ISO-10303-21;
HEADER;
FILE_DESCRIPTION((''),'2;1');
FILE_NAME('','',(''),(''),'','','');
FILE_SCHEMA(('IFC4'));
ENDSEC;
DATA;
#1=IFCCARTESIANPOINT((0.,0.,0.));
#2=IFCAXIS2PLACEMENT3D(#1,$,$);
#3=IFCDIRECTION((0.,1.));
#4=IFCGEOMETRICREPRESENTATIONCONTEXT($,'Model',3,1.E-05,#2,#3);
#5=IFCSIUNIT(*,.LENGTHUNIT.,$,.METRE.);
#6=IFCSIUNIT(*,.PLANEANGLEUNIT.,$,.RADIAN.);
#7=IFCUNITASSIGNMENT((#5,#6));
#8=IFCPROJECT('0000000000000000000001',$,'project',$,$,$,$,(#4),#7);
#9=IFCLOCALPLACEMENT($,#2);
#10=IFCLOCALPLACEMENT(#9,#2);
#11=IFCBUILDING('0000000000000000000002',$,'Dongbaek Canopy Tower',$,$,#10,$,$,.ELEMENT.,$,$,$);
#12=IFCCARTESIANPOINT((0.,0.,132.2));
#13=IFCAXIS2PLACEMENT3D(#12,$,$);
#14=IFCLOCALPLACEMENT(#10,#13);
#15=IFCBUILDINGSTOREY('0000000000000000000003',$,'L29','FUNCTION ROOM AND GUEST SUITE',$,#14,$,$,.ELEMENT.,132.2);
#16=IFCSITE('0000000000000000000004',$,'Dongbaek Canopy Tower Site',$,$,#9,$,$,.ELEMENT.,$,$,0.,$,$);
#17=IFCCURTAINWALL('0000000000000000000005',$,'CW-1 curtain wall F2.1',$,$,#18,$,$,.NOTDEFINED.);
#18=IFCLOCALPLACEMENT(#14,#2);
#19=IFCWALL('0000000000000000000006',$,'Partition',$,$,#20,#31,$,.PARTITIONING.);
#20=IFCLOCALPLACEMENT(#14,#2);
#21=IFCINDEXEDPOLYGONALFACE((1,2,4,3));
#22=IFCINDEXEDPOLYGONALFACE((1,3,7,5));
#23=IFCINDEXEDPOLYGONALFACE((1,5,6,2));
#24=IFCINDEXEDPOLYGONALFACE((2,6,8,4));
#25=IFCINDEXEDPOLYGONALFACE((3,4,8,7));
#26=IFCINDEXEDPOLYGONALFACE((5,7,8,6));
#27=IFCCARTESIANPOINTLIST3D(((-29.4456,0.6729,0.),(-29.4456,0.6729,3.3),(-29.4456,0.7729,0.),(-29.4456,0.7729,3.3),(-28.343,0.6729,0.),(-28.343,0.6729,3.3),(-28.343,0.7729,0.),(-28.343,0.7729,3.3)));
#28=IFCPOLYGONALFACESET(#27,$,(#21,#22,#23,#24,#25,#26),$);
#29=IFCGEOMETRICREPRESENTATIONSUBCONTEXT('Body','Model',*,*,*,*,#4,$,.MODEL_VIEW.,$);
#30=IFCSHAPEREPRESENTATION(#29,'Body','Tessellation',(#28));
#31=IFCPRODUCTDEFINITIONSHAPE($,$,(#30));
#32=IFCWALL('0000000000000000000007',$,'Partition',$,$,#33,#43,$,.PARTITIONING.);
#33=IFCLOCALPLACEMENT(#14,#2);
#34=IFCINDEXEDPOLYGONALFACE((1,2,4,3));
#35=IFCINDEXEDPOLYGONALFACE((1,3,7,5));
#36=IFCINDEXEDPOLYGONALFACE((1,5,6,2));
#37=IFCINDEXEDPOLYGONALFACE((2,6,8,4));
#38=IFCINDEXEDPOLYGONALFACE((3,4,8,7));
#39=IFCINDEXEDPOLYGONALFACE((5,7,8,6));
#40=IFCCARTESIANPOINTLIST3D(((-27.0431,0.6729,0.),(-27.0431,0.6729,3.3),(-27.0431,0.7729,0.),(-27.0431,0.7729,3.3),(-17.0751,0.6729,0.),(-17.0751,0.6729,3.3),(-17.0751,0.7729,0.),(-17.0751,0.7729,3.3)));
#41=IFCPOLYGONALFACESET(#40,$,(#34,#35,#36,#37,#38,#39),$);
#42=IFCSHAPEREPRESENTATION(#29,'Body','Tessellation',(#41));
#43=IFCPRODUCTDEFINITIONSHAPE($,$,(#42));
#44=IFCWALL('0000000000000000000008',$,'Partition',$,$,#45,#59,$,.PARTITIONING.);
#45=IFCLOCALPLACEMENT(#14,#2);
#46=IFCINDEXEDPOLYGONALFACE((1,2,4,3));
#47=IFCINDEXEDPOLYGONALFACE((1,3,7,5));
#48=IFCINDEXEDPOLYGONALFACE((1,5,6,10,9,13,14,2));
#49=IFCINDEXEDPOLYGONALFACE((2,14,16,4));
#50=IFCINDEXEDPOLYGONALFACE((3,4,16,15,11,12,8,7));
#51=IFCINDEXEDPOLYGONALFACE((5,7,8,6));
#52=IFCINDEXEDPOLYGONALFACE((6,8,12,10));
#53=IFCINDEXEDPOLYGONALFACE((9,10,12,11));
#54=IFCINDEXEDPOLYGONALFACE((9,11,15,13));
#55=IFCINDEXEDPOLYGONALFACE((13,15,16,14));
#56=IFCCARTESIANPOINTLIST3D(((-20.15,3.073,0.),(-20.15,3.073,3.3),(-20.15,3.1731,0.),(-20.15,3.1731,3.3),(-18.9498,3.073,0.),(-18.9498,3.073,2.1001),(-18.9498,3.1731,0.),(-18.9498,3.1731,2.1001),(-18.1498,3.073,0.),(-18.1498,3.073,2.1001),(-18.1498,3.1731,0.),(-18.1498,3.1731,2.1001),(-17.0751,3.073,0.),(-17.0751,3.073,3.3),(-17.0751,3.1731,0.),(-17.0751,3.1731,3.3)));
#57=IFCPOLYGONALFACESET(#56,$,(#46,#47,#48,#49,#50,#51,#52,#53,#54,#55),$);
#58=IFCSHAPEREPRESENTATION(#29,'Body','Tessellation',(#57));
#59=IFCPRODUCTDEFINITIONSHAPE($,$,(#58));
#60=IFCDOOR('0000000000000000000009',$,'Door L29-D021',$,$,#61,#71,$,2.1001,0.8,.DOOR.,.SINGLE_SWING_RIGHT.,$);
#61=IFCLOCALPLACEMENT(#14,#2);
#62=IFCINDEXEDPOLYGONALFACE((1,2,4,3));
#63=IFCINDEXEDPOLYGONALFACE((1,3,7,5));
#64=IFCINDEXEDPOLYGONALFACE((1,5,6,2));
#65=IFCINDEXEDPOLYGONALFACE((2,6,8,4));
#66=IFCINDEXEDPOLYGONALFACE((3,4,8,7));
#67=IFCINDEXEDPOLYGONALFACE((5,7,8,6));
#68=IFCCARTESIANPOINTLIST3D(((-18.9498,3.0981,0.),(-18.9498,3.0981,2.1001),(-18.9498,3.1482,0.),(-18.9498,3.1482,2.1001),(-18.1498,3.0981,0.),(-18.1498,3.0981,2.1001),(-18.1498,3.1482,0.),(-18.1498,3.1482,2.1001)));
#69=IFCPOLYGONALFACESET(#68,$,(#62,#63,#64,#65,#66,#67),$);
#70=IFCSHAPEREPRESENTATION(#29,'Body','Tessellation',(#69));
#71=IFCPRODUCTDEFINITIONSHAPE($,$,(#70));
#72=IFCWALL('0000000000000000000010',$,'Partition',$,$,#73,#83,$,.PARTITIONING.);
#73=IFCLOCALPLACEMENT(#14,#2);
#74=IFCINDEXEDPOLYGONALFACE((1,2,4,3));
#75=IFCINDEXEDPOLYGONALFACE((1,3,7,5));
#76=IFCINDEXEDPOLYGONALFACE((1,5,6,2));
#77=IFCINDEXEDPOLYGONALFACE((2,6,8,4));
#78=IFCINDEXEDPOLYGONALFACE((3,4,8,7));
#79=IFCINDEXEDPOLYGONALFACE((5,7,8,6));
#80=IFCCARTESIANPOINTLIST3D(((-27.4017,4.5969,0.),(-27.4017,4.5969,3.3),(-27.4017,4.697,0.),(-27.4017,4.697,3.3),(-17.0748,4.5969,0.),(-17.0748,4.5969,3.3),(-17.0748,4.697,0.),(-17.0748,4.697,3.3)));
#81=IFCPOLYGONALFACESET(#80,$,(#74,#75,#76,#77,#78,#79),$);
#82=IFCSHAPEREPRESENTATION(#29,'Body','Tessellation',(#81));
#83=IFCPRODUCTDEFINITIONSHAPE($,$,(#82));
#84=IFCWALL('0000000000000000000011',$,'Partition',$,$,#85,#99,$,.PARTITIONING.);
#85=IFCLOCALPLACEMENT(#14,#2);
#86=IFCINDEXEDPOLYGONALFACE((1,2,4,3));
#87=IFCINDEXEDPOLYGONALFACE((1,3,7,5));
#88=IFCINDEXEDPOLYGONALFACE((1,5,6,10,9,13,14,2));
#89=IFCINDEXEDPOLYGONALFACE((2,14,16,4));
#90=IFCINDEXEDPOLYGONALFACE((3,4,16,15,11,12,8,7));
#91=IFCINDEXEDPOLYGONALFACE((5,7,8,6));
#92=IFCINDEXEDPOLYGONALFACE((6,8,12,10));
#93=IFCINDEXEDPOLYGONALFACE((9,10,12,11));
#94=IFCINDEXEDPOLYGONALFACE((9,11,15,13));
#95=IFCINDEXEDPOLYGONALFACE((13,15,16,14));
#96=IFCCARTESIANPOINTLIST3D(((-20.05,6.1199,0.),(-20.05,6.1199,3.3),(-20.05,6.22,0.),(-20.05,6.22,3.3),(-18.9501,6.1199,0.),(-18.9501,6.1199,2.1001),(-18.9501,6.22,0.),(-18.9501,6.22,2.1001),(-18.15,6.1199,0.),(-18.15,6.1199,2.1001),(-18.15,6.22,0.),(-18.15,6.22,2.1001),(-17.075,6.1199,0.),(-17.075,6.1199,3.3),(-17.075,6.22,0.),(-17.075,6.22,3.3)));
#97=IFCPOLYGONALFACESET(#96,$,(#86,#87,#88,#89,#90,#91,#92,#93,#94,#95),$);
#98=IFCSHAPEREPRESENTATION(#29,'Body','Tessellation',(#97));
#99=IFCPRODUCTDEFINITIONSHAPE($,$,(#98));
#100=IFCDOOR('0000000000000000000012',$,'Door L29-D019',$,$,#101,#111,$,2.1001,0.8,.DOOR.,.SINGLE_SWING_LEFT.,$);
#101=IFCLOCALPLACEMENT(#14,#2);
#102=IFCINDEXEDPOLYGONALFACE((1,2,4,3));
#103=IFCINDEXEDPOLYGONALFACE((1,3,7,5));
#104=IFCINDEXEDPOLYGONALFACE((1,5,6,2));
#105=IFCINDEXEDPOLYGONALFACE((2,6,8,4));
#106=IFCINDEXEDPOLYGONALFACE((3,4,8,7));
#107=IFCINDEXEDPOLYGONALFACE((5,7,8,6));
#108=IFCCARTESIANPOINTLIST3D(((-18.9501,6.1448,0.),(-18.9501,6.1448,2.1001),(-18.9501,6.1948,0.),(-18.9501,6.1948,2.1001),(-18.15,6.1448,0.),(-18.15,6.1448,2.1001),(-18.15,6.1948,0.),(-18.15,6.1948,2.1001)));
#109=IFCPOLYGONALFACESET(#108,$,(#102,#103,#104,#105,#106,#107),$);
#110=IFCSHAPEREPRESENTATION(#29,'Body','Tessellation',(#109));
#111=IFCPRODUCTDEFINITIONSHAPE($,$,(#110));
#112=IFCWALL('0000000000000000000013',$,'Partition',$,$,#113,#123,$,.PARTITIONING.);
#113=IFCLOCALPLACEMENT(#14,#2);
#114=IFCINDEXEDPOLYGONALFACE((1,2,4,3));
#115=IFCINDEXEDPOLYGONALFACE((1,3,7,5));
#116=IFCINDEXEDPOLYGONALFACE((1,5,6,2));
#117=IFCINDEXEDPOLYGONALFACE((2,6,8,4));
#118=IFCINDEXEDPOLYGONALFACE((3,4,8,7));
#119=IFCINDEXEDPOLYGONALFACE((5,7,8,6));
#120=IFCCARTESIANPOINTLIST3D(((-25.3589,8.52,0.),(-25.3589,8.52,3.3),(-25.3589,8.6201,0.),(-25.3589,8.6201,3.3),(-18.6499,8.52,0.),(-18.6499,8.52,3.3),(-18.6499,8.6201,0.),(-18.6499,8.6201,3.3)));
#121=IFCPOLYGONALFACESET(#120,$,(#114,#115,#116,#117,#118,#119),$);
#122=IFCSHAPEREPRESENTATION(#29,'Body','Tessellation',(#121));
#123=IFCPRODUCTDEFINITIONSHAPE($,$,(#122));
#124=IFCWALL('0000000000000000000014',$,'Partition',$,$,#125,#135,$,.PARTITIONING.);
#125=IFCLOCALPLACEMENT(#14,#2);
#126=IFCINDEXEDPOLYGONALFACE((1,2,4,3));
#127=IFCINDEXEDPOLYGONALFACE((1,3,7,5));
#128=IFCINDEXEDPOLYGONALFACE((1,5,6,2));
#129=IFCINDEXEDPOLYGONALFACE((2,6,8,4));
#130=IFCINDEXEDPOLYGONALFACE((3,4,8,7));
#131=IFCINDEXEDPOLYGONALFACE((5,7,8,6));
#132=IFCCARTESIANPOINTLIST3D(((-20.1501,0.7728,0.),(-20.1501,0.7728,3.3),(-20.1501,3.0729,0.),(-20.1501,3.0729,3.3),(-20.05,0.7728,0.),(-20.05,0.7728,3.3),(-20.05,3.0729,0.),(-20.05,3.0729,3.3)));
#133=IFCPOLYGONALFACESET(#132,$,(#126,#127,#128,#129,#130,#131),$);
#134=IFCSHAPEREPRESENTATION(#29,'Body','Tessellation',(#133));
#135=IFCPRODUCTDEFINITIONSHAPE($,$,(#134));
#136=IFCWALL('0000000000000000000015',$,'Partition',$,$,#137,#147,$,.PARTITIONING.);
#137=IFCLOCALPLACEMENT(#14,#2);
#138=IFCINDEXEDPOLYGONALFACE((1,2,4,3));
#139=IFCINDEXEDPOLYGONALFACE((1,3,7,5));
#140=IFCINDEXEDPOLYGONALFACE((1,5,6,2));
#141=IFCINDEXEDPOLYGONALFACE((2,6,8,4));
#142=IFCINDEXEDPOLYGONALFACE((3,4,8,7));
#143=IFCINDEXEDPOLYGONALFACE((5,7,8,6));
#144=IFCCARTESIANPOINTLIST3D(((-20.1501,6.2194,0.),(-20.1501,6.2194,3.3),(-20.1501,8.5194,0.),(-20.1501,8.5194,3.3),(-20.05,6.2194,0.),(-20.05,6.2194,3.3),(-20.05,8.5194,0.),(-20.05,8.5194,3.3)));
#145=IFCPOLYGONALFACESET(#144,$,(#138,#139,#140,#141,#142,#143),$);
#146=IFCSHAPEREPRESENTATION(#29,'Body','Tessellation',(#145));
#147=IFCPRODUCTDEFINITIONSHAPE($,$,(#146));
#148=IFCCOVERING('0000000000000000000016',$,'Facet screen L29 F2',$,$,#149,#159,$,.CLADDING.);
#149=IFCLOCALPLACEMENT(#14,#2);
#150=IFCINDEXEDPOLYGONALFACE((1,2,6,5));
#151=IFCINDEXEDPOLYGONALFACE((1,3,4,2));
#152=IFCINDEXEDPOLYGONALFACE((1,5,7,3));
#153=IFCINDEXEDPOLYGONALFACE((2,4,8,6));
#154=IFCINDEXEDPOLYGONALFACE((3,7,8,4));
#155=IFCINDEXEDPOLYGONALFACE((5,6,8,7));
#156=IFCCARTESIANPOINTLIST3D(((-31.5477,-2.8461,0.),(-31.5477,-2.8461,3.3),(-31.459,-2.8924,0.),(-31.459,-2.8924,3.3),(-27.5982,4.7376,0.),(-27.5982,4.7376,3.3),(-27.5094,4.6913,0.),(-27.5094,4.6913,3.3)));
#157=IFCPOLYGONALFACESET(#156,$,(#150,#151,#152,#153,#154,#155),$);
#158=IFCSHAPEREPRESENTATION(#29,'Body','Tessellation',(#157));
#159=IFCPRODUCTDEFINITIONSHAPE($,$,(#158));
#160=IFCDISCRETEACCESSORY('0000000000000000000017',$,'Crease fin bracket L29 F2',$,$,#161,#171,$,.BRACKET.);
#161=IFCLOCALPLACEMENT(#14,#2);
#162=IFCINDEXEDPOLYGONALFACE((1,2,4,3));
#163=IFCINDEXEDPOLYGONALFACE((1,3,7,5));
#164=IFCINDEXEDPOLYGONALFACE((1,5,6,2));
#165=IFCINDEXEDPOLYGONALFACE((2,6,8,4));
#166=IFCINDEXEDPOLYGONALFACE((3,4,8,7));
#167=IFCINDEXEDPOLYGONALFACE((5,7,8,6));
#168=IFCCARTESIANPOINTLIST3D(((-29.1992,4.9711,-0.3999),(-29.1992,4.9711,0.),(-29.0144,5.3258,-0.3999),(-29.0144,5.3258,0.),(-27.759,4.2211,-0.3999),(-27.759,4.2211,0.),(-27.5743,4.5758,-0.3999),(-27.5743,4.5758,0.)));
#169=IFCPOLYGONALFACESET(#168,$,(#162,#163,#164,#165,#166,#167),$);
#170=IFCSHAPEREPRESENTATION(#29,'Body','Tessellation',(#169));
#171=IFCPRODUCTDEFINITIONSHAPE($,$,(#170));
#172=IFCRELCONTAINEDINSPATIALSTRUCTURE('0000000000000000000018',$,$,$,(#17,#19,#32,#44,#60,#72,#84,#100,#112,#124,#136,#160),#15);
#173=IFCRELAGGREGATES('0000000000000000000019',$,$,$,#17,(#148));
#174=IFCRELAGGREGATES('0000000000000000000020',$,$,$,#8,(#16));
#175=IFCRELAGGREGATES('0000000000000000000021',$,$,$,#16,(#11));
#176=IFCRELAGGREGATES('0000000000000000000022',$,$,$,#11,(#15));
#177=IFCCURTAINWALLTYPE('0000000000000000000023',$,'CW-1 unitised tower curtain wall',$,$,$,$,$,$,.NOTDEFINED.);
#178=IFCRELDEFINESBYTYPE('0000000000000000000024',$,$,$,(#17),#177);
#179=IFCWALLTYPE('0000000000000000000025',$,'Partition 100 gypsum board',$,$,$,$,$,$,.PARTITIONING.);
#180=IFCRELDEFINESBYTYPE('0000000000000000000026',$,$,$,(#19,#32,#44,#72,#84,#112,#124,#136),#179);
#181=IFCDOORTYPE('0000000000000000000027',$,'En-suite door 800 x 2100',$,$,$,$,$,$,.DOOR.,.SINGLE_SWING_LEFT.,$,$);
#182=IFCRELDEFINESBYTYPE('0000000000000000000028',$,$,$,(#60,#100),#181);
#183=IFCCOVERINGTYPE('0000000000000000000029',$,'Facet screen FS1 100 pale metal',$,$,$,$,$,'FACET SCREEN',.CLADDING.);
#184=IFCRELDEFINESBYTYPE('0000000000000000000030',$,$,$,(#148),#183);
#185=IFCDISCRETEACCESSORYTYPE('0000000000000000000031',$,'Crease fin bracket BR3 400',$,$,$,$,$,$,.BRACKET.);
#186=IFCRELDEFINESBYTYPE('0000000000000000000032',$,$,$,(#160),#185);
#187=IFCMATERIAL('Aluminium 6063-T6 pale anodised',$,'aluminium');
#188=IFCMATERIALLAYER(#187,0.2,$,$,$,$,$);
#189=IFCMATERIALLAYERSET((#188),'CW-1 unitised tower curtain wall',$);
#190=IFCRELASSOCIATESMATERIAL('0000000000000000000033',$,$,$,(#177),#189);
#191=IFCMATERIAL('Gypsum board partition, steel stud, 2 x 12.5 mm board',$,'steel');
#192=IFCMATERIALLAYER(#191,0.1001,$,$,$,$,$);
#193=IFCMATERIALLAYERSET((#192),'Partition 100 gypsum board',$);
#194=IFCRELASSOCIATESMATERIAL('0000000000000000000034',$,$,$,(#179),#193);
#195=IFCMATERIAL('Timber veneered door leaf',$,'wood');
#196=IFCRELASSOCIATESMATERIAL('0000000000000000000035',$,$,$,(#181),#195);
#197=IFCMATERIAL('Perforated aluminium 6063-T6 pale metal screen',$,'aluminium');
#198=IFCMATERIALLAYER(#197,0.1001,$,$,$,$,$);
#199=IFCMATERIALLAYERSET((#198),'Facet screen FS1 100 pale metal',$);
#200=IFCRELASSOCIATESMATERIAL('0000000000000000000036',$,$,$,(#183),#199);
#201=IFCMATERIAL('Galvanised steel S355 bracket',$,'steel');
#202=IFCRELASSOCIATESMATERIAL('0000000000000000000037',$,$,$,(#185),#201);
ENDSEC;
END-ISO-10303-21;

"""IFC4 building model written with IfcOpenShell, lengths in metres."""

from ifc_helpers import new_model, si_unit, direction, frame, frame_2d, origin, origin_2d, place, context, subcontext, project, spatial, rectangle, extrude, material, layer, layer_set, type_object, element, fill, aggregate, save


model = new_model("IFC4")

# Units and contexts
model_context = context("Model", 3, precision=1e-05, world=origin(), true_north=direction((0.0, 1.0)))
body_context = subcontext(model_context, "Body", "Model", "MODEL_VIEW")
ifc_project = project(units=[si_unit("LENGTHUNIT", "METRE"), si_unit("PLANEANGLEUNIT", "RADIAN")], contexts=[model_context])

# Site, building, storey
site_placement = place(None, origin())
site = spatial("IfcSite", under=ifc_project, at=site_placement, Name="Dongbaek Canopy Tower Site", CompositionType="ELEMENT", RefElevation=0.0)
building_placement = place(site_placement, origin())
building = spatial("IfcBuilding", under=site, at=building_placement, Name="Dongbaek Canopy Tower", CompositionType="ELEMENT")
storey_placement = place(building_placement, frame((0.0, 0.0, 132.2)))
storey = spatial("IfcBuildingStorey", under=building, at=storey_placement, Name="L29", Description="FUNCTION ROOM AND GUEST SUITE", CompositionType="ELEMENT", Elevation=132.2)

# Curtain wall
ifc_material_1 = material(Name="Aluminium 6063-T6 pale anodised", Category="aluminium")
ifc_layer_1 = layer(ifc_material_1, 0.2)
ifc_layer_set_1 = layer_set([ifc_layer_1], Name="CW-1 unitised tower curtain wall")
curtain_wall_type = type_object("IfcCurtainWallType", Name="CW-1 unitised tower curtain wall", PredefinedType="NOTDEFINED", material=ifc_layer_set_1)
curtain_wall_placement = place(storey_placement, origin())
curtain_wall = element("IfcCurtainWall", 1, at=curtain_wall_placement, inside=storey, type_object=curtain_wall_type, Name="CW-1 curtain wall F2.1", PredefinedType="NOTDEFINED")

# Walls
ifc_material_2 = material(Name="Gypsum board partition, steel stud, 2 x 12.5 mm board", Category="steel")
ifc_layer_2 = layer(ifc_material_2, 0.1001)
ifc_layer_set_2 = layer_set([ifc_layer_2], Name="Partition 100 gypsum board")
wall_type_1 = type_object("IfcWallType", Name="Partition 100 gypsum board", PredefinedType="PARTITIONING", material=ifc_layer_set_2)
wall_1_placement = place(storey_placement, frame((-29.4456, 0.7229, 0.0), z_axis=(0.0, 0.0, 1.0), x_axis=(1.0, 0.0, 0.0)))
element("IfcWall", 2, at=wall_1_placement, inside=storey, type_object=wall_type_1, Name="Partition", PredefinedType="PARTITIONING", context=body_context, shape_type="SweptSolid", body=[
    extrude(rectangle(XDim=1.1025, YDim=0.1001, at=frame_2d((0.5513, 0.0))), origin(), (0.0, 0.0, 1.0), 3.3),
])
wall_2_placement = place(storey_placement, frame((-27.043, 0.7229, 0.0), z_axis=(0.0, 0.0, 1.0), x_axis=(1.0, 0.0, 0.0)))
element("IfcWall", 3, at=wall_2_placement, inside=storey, type_object=wall_type_1, Name="Partition", PredefinedType="PARTITIONING", context=body_context, shape_type="SweptSolid", body=[
    extrude(rectangle(XDim=9.968, YDim=0.1001, at=frame_2d((4.9839, 0.0))), origin(), (0.0, 0.0, 1.0), 3.3),
])

# Wall, opening, door
wall_3_placement = place(storey_placement, frame((-17.075, 3.123, 0.0), z_axis=(0.0, 0.0, 1.0), x_axis=(-1.0, 0.0, 0.0)))
wall_3 = element("IfcWall", 4, at=wall_3_placement, inside=storey, type_object=wall_type_1, Name="Partition", PredefinedType="PARTITIONING", context=body_context, shape_type="SweptSolid", body=[
    extrude(rectangle(XDim=3.075, YDim=0.1001, at=frame_2d((1.5376, 0.0))), origin(), (0.0, 0.0, 1.0), 3.3),
])
opening_1_placement = place(wall_3_placement, frame((1.075, 0.0, 0.0)))
opening_1 = element("IfcOpeningElement", 5, at=opening_1_placement, cuts=wall_3, PredefinedType="OPENING", context=body_context, shape_type="SweptSolid", body=[
    extrude(rectangle(XDim=0.8, YDim=2.1001, at=frame_2d((0.3999, 1.05))), frame((0.0, 0.0601, 0.0), z_axis=(0.0, -1.0, 0.0), x_axis=(1.0, 0.0, 0.0)), (0.0, 0.0, 1.0), 0.1201),
])
ifc_material_3 = material(Name="Timber veneered door leaf", Category="wood")
door_type = type_object("IfcDoorType", Name="En-suite door 800 x 2100", OperationType="SINGLE_SWING_LEFT", PredefinedType="DOOR", material=ifc_material_3)
door_1_placement = place(opening_1_placement, origin())
door_1 = element("IfcDoor", 6, at=door_1_placement, inside=storey, type_object=door_type, Name="Door L29-D021", OperationType="SINGLE_SWING_RIGHT", OverallHeight=2.1001, OverallWidth=0.8, PredefinedType="DOOR", context=body_context, shape_type="SweptSolid", body=[
    extrude(rectangle(XDim=0.8, YDim=2.1001, at=frame_2d((0.3999, 1.05))), frame((0.0, 0.0249, 0.0), z_axis=(0.0, -1.0, 0.0), x_axis=(1.0, 0.0, 0.0)), (0.0, 0.0, 1.0), 0.05),
])
fill(opening_1, door_1)

# Wall
wall_4_placement = place(storey_placement, frame((-27.4019, 4.647, 0.0), z_axis=(0.0, 0.0, 1.0), x_axis=(1.0, 0.0, 0.0)))
element("IfcWall", 7, at=wall_4_placement, inside=storey, type_object=wall_type_1, Name="Partition", PredefinedType="PARTITIONING", context=body_context, shape_type="SweptSolid", body=[
    extrude(rectangle(XDim=10.3269, YDim=0.1001, at=frame_2d((5.1636, 0.0))), origin(), (0.0, 0.0, 1.0), 3.3),
])

# Wall, opening, door
wall_5_placement = place(storey_placement, frame((-20.05, 6.1699, 0.0), z_axis=(0.0, 0.0, 1.0), x_axis=(1.0, 0.0, 0.0)))
wall_5 = element("IfcWall", 8, at=wall_5_placement, inside=storey, type_object=wall_type_1, Name="Partition", PredefinedType="PARTITIONING", context=body_context, shape_type="SweptSolid", body=[
    extrude(rectangle(XDim=2.9751, YDim=0.1001, at=frame_2d((1.4875, 0.0))), origin(), (0.0, 0.0, 1.0), 3.3),
])
opening_2_placement = place(wall_5_placement, frame((1.1001, 0.0, 0.0)))
opening_2 = element("IfcOpeningElement", 9, at=opening_2_placement, cuts=wall_5, PredefinedType="OPENING", context=body_context, shape_type="SweptSolid", body=[
    extrude(rectangle(XDim=0.8, YDim=2.1001, at=frame_2d((0.3999, 1.05))), frame((0.0, 0.0601, 0.0), z_axis=(0.0, -1.0, 0.0), x_axis=(1.0, 0.0, 0.0)), (0.0, 0.0, 1.0), 0.1201),
])
door_2_placement = place(opening_2_placement, origin())
door_2 = element("IfcDoor", 10, at=door_2_placement, inside=storey, type_object=door_type, Name="Door L29-D019", OperationType="SINGLE_SWING_LEFT", OverallHeight=2.1001, OverallWidth=0.8, PredefinedType="DOOR", context=body_context, shape_type="SweptSolid", body=[
    extrude(rectangle(XDim=0.8, YDim=2.1001, at=frame_2d((0.3999, 1.05))), frame((0.0, 0.0249, 0.0), z_axis=(0.0, -1.0, 0.0), x_axis=(1.0, 0.0, 0.0)), (0.0, 0.0, 1.0), 0.05),
])
fill(opening_2, door_2)

# Walls
wall_6_placement = place(storey_placement, frame((-25.3589, 8.5701, 0.0), z_axis=(0.0, 0.0, 1.0), x_axis=(1.0, 0.0, 0.0)))
element("IfcWall", 11, at=wall_6_placement, inside=storey, type_object=wall_type_1, Name="Partition", PredefinedType="PARTITIONING", context=body_context, shape_type="SweptSolid", body=[
    extrude(rectangle(XDim=6.709, YDim=0.1001, at=frame_2d((3.3545, 0.0))), origin(), (0.0, 0.0, 1.0), 3.3),
])
for number, where, z_axis, x_axis, name in (
    (12, (-20.1001, 0.7729, 0.0), (0.0, 0.0, 1.0), (0.0, 1.0, 0.0), "Partition"),
    (13, (-20.1001, 6.2195, 0.0), (0.0, 0.0, 1.0), (0.0, 1.0, 0.0), "Partition"),
):
    element("IfcWall", number, at=place(storey_placement, frame(where, z_axis=z_axis, x_axis=x_axis)), inside=storey, type_object=wall_type_1, Name=name, PredefinedType="PARTITIONING", context=body_context, shape_type="SweptSolid", body=[
        extrude(rectangle(XDim=2.3, YDim=0.1001, at=frame_2d((1.1499, 0.0))), origin(), (0.0, 0.0, 1.0), 3.3),
    ])

# Covering
ifc_material_4 = material(Name="Perforated aluminium 6063-T6 pale metal screen", Category="aluminium")
ifc_layer_3 = layer(ifc_material_4, 0.1001)
ifc_layer_set_3 = layer_set([ifc_layer_3], Name="Facet screen FS1 100 pale metal")
covering_type = type_object("IfcCoveringType", Name="Facet screen FS1 100 pale metal", ElementType="FACET SCREEN", PredefinedType="CLADDING", material=ifc_layer_set_3)
covering_placement = place(storey_placement, frame((-29.5286, 0.9226, 0.0), z_axis=(0.0, 0.0, 1.0), x_axis=(-0.46191, -0.886927, 0.0)))
covering = element("IfcCovering", 14, at=covering_placement, type_object=covering_type, Name="Facet screen L29 F2", PredefinedType="CLADDING", context=body_context, shape_type="SweptSolid", body=[
    extrude(rectangle(XDim=8.5505, YDim=0.1001, at=origin_2d()), origin(), (0.0, 0.0, 1.0), 3.3),
])
aggregate(curtain_wall, [covering])

# Discrete accessory
ifc_material_5 = material(Name="Galvanised steel S355 bracket", Category="steel")
discrete_accessory_type = type_object("IfcDiscreteAccessoryType", Name="Crease fin bracket BR3 400", PredefinedType="BRACKET", material=ifc_material_5)
discrete_accessory_placement = place(storey_placement, frame((-28.3867, 4.7734, -0.3999), z_axis=(0.0, 0.0, 1.0), x_axis=(-0.886927, 0.46191, 0.0)))
element("IfcDiscreteAccessory", 15, at=discrete_accessory_placement, inside=storey, type_object=discrete_accessory_type, Name="Crease fin bracket L29 F2", PredefinedType="BRACKET", context=body_context, shape_type="SweptSolid", body=[
    extrude(rectangle(XDim=1.6238, YDim=0.3999, at=origin_2d()), origin(), (0.0, 0.0, 1.0), 0.3999),
])

save(model, "model.ifc")
